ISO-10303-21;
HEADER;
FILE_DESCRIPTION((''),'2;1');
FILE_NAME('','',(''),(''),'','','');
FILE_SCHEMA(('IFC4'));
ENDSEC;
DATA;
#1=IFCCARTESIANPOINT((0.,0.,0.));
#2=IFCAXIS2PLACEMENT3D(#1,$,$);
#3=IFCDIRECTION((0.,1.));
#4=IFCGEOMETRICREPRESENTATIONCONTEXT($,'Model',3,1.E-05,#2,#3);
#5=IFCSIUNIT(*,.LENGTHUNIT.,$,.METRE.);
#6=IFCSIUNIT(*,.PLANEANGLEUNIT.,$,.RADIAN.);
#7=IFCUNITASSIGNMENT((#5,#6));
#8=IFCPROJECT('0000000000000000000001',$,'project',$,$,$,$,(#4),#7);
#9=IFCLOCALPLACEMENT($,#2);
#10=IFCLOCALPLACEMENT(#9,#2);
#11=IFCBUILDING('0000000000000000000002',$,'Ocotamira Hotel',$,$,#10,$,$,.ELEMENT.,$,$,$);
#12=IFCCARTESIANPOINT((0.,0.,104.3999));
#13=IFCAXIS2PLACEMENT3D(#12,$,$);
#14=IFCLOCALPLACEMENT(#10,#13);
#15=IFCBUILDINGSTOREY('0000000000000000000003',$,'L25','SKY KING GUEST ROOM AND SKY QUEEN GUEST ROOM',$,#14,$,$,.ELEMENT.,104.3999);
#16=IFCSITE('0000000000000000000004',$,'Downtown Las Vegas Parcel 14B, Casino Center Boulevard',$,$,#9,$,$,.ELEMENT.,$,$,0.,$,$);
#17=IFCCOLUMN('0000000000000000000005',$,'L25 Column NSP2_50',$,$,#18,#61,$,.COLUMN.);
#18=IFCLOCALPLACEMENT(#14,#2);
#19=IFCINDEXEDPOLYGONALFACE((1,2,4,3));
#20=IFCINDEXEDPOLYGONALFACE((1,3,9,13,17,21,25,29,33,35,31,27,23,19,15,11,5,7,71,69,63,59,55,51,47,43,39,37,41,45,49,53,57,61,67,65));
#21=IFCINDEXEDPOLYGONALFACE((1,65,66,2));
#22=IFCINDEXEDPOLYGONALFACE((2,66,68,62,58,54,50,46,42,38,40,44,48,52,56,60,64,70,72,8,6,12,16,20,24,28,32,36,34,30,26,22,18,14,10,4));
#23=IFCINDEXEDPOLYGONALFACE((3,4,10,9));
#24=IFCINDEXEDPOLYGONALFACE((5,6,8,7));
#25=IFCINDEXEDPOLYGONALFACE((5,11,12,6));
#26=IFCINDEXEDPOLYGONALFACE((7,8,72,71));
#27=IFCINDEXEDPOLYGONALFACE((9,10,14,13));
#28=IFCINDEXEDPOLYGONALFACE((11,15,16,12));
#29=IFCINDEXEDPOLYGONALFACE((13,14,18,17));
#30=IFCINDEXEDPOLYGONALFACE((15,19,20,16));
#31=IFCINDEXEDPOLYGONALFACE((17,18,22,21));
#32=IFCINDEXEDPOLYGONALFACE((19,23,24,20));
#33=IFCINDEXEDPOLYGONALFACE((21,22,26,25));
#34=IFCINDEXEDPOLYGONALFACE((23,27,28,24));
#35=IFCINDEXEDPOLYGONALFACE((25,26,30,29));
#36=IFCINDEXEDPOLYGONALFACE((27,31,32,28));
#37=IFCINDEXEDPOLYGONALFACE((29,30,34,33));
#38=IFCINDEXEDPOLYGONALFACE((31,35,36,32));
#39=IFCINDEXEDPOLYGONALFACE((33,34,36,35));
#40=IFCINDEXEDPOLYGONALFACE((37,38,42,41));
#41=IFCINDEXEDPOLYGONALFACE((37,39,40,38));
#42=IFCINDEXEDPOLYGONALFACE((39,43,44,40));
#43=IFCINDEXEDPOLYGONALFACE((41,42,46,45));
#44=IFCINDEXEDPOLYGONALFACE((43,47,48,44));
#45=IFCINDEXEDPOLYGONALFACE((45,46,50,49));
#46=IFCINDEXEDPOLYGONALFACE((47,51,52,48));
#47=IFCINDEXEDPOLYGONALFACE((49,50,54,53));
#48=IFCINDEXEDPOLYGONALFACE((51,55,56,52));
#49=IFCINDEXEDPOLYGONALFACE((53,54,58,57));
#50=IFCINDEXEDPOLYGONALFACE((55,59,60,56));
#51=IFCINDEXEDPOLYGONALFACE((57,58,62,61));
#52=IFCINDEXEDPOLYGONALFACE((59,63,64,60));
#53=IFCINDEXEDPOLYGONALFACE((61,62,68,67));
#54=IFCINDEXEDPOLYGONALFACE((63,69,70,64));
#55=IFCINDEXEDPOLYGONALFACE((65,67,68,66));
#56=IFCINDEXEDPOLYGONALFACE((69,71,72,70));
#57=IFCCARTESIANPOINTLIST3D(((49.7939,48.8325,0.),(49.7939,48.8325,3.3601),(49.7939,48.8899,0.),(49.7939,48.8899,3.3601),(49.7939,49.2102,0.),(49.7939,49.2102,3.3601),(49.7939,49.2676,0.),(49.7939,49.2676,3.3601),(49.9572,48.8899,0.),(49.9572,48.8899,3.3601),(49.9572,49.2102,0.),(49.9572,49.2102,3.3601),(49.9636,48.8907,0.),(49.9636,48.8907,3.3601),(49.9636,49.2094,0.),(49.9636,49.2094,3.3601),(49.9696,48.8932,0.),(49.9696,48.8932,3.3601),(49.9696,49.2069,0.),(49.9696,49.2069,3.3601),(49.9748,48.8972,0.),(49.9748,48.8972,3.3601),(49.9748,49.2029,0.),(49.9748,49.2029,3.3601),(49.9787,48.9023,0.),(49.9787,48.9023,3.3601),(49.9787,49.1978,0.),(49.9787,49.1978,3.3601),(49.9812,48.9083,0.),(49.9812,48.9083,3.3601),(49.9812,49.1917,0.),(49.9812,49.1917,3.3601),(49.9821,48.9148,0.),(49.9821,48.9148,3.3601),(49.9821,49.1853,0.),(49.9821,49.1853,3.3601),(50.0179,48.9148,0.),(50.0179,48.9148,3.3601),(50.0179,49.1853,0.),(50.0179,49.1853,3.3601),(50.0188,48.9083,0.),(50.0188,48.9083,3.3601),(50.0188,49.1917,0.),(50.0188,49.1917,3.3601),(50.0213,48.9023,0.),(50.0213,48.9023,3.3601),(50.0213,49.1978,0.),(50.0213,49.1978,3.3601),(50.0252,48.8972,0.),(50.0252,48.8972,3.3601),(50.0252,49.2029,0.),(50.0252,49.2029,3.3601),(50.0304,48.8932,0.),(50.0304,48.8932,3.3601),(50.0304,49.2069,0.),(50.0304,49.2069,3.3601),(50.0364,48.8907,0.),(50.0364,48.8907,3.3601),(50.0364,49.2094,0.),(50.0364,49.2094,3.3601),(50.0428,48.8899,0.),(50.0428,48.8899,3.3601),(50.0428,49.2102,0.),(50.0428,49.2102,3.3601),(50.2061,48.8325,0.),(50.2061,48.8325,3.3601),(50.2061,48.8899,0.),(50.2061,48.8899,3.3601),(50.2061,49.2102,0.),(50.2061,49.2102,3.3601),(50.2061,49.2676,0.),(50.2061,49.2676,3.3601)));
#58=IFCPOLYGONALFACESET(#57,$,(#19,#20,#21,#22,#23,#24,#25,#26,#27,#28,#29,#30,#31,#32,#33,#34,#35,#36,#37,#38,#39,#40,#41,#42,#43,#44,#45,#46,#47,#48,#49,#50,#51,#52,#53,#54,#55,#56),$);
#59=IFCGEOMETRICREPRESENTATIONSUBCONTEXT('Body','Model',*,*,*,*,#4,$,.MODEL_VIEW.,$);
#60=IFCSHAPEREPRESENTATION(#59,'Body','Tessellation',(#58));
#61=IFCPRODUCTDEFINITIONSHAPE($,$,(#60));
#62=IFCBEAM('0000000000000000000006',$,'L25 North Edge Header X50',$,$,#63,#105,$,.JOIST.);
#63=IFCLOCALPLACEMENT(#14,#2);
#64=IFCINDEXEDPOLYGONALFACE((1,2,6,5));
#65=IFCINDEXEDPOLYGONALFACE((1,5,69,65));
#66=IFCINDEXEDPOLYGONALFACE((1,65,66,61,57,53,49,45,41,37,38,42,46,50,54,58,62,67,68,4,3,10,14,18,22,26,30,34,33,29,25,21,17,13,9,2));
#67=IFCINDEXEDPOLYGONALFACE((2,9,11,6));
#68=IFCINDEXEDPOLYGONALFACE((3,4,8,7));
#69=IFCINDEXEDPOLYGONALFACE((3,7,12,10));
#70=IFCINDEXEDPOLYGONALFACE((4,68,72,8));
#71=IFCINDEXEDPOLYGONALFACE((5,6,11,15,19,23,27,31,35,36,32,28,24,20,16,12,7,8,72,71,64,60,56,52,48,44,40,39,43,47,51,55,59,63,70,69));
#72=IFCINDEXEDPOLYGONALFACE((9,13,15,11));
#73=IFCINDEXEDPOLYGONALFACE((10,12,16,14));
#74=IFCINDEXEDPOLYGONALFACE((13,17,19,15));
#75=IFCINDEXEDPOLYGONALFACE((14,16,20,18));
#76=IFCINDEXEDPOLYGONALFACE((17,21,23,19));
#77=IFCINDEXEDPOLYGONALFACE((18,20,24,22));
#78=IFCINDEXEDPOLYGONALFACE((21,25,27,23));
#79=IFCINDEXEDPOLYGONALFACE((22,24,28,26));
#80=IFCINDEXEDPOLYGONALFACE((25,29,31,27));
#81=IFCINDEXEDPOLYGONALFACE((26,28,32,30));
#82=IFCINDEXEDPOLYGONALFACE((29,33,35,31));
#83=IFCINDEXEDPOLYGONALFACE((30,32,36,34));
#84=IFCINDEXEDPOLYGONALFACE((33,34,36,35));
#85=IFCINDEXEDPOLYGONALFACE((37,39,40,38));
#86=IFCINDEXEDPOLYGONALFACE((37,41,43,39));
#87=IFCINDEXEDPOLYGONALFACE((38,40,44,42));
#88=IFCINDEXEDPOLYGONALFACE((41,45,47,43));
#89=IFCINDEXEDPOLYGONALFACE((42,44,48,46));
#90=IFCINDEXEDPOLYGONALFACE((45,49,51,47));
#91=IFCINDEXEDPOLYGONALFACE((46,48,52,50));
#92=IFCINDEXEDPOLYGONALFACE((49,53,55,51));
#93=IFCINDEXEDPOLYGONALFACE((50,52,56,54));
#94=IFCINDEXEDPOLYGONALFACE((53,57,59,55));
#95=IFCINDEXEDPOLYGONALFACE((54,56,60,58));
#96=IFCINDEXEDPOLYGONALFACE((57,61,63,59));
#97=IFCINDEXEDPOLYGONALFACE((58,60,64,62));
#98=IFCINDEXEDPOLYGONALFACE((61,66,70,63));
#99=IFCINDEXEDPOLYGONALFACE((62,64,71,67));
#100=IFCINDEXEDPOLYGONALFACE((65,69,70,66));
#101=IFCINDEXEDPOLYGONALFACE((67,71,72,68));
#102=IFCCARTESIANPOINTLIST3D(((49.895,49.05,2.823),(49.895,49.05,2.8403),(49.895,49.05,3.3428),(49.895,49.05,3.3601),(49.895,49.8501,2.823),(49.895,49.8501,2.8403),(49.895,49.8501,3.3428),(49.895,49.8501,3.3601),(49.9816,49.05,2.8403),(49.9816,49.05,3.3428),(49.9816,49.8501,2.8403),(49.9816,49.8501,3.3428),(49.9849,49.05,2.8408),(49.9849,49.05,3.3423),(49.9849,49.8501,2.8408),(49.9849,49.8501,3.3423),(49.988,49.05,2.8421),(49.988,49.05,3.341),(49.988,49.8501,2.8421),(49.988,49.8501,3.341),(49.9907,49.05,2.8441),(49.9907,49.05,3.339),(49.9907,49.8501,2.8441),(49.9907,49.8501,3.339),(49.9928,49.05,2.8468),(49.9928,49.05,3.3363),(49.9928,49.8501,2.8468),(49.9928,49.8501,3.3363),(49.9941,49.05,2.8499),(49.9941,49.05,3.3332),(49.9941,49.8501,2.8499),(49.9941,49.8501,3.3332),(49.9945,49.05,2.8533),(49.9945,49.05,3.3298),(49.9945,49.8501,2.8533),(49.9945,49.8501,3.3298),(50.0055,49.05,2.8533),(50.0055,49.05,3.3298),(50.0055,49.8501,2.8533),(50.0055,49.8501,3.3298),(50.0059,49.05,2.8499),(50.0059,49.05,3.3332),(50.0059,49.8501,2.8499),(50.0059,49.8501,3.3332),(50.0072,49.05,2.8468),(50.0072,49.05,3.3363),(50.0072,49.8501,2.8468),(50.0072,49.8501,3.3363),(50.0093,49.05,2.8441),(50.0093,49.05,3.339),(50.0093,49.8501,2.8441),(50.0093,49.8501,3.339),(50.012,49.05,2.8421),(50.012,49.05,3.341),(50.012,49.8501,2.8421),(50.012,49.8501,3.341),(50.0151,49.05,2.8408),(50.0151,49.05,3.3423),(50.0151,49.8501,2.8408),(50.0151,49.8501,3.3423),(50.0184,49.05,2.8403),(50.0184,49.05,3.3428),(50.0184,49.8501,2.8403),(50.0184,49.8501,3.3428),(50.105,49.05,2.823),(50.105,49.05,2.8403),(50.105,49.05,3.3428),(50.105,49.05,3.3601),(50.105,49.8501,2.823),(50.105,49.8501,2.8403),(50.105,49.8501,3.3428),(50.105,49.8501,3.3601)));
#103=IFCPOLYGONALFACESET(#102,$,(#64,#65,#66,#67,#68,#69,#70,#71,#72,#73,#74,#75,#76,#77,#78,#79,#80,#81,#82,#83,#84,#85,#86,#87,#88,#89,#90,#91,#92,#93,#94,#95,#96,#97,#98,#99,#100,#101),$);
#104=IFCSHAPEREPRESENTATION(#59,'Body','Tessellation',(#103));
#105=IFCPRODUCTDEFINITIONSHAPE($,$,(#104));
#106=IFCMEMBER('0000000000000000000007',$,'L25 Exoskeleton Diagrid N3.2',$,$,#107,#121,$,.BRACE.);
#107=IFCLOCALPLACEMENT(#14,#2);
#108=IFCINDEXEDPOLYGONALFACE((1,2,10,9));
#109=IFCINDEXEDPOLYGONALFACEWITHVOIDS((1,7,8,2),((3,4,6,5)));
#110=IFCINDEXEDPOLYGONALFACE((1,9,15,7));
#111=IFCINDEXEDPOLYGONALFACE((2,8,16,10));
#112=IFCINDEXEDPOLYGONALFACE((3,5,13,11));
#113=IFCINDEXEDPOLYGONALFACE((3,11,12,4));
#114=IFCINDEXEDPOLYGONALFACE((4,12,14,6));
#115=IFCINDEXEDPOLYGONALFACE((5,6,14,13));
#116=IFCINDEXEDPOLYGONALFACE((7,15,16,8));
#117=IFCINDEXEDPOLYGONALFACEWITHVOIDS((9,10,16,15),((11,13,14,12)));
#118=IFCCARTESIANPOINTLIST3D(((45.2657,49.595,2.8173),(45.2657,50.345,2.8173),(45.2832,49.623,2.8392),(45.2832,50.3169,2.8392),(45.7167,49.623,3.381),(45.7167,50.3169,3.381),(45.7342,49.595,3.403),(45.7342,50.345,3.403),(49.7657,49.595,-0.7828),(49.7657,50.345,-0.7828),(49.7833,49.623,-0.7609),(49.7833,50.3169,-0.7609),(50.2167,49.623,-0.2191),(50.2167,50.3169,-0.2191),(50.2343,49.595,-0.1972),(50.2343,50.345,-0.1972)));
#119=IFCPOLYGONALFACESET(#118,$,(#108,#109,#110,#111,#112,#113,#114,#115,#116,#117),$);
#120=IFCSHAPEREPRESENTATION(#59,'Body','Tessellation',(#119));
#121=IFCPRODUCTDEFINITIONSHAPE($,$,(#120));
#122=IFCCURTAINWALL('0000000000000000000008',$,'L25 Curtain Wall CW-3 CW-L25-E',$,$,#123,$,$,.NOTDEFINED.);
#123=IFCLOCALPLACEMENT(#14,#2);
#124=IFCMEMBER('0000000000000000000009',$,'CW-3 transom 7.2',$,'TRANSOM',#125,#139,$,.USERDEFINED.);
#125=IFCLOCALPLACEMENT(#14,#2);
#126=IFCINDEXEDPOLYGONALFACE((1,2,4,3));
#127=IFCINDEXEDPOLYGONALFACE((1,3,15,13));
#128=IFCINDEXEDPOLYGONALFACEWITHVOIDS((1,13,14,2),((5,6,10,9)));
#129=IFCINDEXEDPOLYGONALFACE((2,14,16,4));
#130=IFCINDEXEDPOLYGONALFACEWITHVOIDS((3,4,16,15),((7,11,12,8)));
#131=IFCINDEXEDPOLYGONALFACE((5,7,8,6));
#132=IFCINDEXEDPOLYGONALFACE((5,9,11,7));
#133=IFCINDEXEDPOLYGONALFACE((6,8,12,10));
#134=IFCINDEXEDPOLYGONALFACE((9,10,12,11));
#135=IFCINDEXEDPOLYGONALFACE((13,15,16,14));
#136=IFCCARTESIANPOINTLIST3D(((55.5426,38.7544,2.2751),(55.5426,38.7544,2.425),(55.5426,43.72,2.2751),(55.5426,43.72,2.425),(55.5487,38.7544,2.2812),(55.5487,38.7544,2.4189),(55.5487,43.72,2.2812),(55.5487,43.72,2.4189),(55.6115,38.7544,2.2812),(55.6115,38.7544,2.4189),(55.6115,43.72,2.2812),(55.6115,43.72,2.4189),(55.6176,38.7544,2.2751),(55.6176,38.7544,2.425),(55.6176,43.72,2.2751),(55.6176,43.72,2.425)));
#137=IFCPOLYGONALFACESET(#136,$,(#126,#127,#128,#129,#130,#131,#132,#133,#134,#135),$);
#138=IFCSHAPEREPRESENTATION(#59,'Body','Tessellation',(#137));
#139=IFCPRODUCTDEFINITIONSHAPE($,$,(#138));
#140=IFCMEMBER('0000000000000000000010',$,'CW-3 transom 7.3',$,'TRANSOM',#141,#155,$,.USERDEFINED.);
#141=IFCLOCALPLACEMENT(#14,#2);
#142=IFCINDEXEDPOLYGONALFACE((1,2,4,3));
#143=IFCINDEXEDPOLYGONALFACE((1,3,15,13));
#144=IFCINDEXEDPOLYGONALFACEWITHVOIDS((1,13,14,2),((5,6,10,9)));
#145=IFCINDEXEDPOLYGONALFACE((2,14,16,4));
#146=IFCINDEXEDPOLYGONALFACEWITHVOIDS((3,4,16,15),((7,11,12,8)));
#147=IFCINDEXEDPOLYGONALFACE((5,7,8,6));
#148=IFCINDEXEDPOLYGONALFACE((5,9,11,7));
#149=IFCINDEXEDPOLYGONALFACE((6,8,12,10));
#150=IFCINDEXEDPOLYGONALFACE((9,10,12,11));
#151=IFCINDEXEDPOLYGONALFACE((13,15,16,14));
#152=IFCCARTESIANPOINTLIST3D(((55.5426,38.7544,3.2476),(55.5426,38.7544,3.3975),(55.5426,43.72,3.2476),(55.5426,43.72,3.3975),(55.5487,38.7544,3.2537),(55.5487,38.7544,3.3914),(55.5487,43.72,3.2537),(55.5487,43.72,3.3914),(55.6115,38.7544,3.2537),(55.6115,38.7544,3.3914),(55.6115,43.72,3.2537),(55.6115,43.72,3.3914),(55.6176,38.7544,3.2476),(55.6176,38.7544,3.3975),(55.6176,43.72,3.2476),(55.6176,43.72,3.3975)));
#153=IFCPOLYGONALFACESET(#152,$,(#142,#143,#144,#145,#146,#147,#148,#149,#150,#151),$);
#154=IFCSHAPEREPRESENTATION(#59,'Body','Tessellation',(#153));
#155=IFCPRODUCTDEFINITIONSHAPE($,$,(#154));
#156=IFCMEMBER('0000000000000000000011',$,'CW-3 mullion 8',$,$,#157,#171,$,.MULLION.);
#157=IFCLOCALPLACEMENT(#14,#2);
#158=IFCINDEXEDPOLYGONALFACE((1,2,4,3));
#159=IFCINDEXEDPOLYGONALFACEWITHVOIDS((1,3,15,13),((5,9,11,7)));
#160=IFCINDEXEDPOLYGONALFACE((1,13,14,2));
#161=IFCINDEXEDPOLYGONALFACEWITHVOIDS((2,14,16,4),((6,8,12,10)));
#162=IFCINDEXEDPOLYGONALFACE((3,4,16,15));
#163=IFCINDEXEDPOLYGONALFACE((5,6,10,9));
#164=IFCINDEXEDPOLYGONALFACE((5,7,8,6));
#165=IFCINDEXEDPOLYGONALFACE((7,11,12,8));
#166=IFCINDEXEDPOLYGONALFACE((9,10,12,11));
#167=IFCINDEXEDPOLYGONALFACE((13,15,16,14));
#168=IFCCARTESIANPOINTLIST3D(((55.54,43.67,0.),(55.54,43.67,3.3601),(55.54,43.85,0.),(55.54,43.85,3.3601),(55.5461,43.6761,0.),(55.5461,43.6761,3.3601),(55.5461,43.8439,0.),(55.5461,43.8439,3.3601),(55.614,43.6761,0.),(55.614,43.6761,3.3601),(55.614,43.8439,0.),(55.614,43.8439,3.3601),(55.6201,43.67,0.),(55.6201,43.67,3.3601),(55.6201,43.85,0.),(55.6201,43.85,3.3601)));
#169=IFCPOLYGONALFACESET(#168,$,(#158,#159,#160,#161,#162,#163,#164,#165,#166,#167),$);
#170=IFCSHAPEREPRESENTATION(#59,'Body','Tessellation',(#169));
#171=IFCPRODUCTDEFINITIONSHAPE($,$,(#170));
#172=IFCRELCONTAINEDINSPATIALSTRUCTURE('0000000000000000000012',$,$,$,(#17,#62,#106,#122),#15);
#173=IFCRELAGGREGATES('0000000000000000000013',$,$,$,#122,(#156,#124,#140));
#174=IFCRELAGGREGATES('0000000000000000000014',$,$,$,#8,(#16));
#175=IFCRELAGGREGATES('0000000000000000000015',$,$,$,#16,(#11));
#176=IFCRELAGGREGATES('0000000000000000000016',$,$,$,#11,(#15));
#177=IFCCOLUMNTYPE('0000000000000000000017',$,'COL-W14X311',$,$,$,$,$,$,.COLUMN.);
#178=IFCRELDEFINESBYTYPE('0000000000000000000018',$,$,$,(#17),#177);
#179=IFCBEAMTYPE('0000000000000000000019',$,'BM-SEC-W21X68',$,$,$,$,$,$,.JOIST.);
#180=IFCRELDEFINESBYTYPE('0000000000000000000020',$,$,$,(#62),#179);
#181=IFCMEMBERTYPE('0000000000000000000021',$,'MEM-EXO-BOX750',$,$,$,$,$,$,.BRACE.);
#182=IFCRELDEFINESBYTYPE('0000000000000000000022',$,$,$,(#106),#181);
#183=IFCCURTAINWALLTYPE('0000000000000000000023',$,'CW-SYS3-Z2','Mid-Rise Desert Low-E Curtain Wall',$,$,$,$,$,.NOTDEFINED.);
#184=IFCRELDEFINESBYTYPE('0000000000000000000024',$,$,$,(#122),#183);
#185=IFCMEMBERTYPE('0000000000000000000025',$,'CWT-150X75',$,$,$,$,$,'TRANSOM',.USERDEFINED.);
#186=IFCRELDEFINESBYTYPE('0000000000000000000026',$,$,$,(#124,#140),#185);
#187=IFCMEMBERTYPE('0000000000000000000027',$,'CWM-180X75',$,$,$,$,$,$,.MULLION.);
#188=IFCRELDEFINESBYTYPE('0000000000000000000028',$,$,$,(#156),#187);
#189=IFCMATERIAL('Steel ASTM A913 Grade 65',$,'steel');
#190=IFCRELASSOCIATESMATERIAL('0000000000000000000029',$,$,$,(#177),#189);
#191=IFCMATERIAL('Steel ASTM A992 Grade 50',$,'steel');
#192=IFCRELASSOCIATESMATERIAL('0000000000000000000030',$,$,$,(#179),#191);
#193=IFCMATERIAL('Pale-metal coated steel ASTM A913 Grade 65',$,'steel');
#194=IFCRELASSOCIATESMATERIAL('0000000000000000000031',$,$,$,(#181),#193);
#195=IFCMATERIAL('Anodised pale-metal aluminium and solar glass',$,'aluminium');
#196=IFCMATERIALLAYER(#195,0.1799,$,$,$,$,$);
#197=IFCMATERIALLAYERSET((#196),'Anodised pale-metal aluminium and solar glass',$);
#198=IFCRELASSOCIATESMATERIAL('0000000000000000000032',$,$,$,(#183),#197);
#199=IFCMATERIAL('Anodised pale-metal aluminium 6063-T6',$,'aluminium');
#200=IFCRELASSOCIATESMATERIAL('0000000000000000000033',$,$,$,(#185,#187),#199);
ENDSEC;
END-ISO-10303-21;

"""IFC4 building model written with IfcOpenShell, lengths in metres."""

from ifc_helpers import new_model, si_unit, direction, frame, origin, origin_2d, place, context, subcontext, project, spatial, hollow_rectangle, i_section, extrude, source, transform, mapped, material, layer, layer_set, material_profile, profile_set, type_object, element, aggregate, save


model = new_model("IFC4")

# Units and contexts
model_context = context("Model", 3, precision=1e-05, world=origin(), true_north=direction((0.0, 1.0)))
body_context = subcontext(model_context, "Body", "Model", "MODEL_VIEW")
ifc_project = project(units=[si_unit("LENGTHUNIT", "METRE"), si_unit("PLANEANGLEUNIT", "RADIAN")], contexts=[model_context])

# Site, building, storey
site_placement = place(None, origin())
site = spatial("IfcSite", under=ifc_project, at=site_placement, Name="Downtown Las Vegas Parcel 14B, Casino Center Boulevard", CompositionType="ELEMENT", RefElevation=0.0)
building_placement = place(site_placement, origin())
building = spatial("IfcBuilding", under=site, at=building_placement, Name="Ocotamira Hotel", CompositionType="ELEMENT")
storey_placement = place(building_placement, frame((0.0, 0.0, 104.3999)))
storey = spatial("IfcBuildingStorey", under=building, at=storey_placement, Name="L25", Description="SKY KING GUEST ROOM AND SKY QUEEN GUEST ROOM", CompositionType="ELEMENT", Elevation=104.3999)

# Column
ifc_material_1 = material(Name="Steel ASTM A913 Grade 65", Category="steel")
ifc_material_profile_1 = material_profile(ifc_material_1, i_section(OverallWidth=0.4121, OverallDepth=0.4351, WebThickness=0.0359, FlangeThickness=0.0574, FilletRadius=0.0249, at=origin_2d()), Name="W14X311")
ifc_profile_set_1 = profile_set([ifc_material_profile_1], Name="Steel ASTM A913 Grade 65")
column_type = type_object("IfcColumnType", Name="COL-W14X311", PredefinedType="COLUMN", material=ifc_profile_set_1)
shared_shape_1 = source(origin(), body_context, "Body", "SweptSolid", [
    extrude(i_section(OverallWidth=0.4121, OverallDepth=0.4351, WebThickness=0.0359, FlangeThickness=0.0574, FilletRadius=0.0249, at=origin_2d()), origin(), (0.0, 0.0, 1.0), 3.3601),
])
column_placement = place(storey_placement, frame((50.0, 49.05, 0.0), z_axis=(0.0, 0.0, 1.0), x_axis=(1.0, 0.0, 0.0)))
element("IfcColumn", 1, at=column_placement, inside=storey, type_object=column_type, Name="L25 Column NSP2_50", PredefinedType="COLUMN", context=body_context, shape_type="MappedRepresentation", body=[
    mapped(shared_shape_1, transform((0.0, 0.0, 0.0), scale=1.0)),
])

# Beam
ifc_material_2 = material(Name="Steel ASTM A992 Grade 50", Category="steel")
ifc_material_profile_2 = material_profile(ifc_material_2, i_section(OverallWidth=0.21, OverallDepth=0.5371, WebThickness=0.011, FlangeThickness=0.0173, FilletRadius=0.0129, at=origin_2d()), Name="W21X68")
ifc_profile_set_2 = profile_set([ifc_material_profile_2], Name="Steel ASTM A992 Grade 50")
beam_type = type_object("IfcBeamType", Name="BM-SEC-W21X68", PredefinedType="JOIST", material=ifc_profile_set_2)
shared_shape_2 = source(origin(), body_context, "Body", "SweptSolid", [
    extrude(i_section(OverallWidth=0.21, OverallDepth=0.5371, WebThickness=0.011, FlangeThickness=0.0173, FilletRadius=0.0129, at=origin_2d()), origin(), (0.0, 0.0, 1.0), 0.8),
])
beam_placement = place(storey_placement, frame((50.0, 49.05, 3.0916), z_axis=(0.0, 1.0, 0.0), x_axis=(-1.0, 0.0, 0.0)))
element("IfcBeam", 2, at=beam_placement, inside=storey, type_object=beam_type, Name="L25 North Edge Header X50", PredefinedType="JOIST", context=body_context, shape_type="MappedRepresentation", body=[
    mapped(shared_shape_2, transform((0.0, 0.0, 0.0), scale=1.0)),
])

# Member
ifc_material_3 = material(Name="Pale-metal coated steel ASTM A913 Grade 65", Category="steel")
ifc_material_profile_3 = material_profile(ifc_material_3, hollow_rectangle(XDim=0.75, YDim=0.75, WallThickness=0.0281, at=origin_2d()), Name="BOX750X750X28")
ifc_profile_set_3 = profile_set([ifc_material_profile_3], Name="Pale-metal coated steel ASTM A913 Grade 65")
member_type_1 = type_object("IfcMemberType", Name="MEM-EXO-BOX750", PredefinedType="BRACE", material=ifc_profile_set_3)
shared_shape_3 = source(origin(), body_context, "Body", "SweptSolid", [
    extrude(hollow_rectangle(XDim=0.75, YDim=0.75, WallThickness=0.0281, at=origin_2d()), origin(), (0.0, 0.0, 1.0), 5.7629),
])
member_1_placement = place(storey_placement, frame((50.0, 49.97, -0.49), z_axis=(-0.780861, 0.0, 0.624705), x_axis=(0.0, -1.0, 0.0)))
element("IfcMember", 3, at=member_1_placement, inside=storey, type_object=member_type_1, Name="L25 Exoskeleton Diagrid N3.2", PredefinedType="BRACE", context=body_context, shape_type="MappedRepresentation", body=[
    mapped(shared_shape_3, transform((0.0, 0.0, 0.0), scale=1.0)),
])

# Curtain wall, members
ifc_material_4 = material(Name="Anodised pale-metal aluminium and solar glass", Category="aluminium")
ifc_layer_1 = layer(ifc_material_4, 0.1799)
ifc_layer_set_1 = layer_set([ifc_layer_1], Name="Anodised pale-metal aluminium and solar glass")
curtain_wall_type = type_object("IfcCurtainWallType", Name="CW-SYS3-Z2", Description="Mid-Rise Desert Low-E Curtain Wall", PredefinedType="NOTDEFINED", material=ifc_layer_set_1)
curtain_wall_placement = place(storey_placement, origin())
curtain_wall = element("IfcCurtainWall", 4, at=curtain_wall_placement, inside=storey, type_object=curtain_wall_type, Name="L25 Curtain Wall CW-3 CW-L25-E", PredefinedType="NOTDEFINED")
ifc_material_5 = material(Name="Anodised pale-metal aluminium 6063-T6", Category="aluminium")
ifc_material_profile_4 = material_profile(ifc_material_5, hollow_rectangle(XDim=0.075, YDim=0.1499, WallThickness=0.0061, at=origin_2d()), Name="HSS150X75X6")
ifc_profile_set_4 = profile_set([ifc_material_profile_4], Name="Anodised pale-metal aluminium 6063-T6")
member_type_2 = type_object("IfcMemberType", Name="CWT-150X75", ElementType="TRANSOM", PredefinedType="USERDEFINED", material=ifc_profile_set_4)
shared_shape_4 = source(origin(), body_context, "Body", "SweptSolid", [
    extrude(hollow_rectangle(XDim=0.075, YDim=0.1499, WallThickness=0.0061, at=origin_2d()), origin(), (0.0, 0.0, 1.0), 4.9656),
])
member_2_placement = place(storey_placement, frame((55.5801, 38.7544, 2.3501), z_axis=(0.0, 1.0, 0.0), x_axis=(-1.0, 0.0, 0.0)))
member_2 = element("IfcMember", 5, at=member_2_placement, type_object=member_type_2, Name="CW-3 transom 7.2", ObjectType="TRANSOM", PredefinedType="USERDEFINED", context=body_context, shape_type="MappedRepresentation", body=[
    mapped(shared_shape_4, transform((0.0, 0.0, 0.0), scale=1.0)),
])
member_3_placement = place(storey_placement, frame((55.5801, 38.7544, 3.3225), z_axis=(0.0, 1.0, 0.0), x_axis=(-1.0, 0.0, 0.0)))
member_3 = element("IfcMember", 6, at=member_3_placement, type_object=member_type_2, Name="CW-3 transom 7.3", ObjectType="TRANSOM", PredefinedType="USERDEFINED", context=body_context, shape_type="MappedRepresentation", body=[
    mapped(shared_shape_4, transform((0.0, 0.0, 0.0), scale=1.0)),
])
ifc_material_profile_5 = material_profile(ifc_material_5, hollow_rectangle(XDim=0.0801, YDim=0.1799, WallThickness=0.0061, at=origin_2d()), Name="HSS180X80X6")
ifc_profile_set_5 = profile_set([ifc_material_profile_5], Name="Anodised pale-metal aluminium 6063-T6")
member_type_3 = type_object("IfcMemberType", Name="CWM-180X75", PredefinedType="MULLION", material=ifc_profile_set_5)
shared_shape_5 = source(origin(), body_context, "Body", "SweptSolid", [
    extrude(hollow_rectangle(XDim=0.0801, YDim=0.1799, WallThickness=0.0061, at=origin_2d()), origin(), (0.0, 0.0, 1.0), 3.3601),
])
member_4_placement = place(storey_placement, frame((55.5801, 43.76, 0.0), z_axis=(0.0, 0.0, 1.0), x_axis=(-1.0, 0.0, 0.0)))
member_4 = element("IfcMember", 7, at=member_4_placement, type_object=member_type_3, Name="CW-3 mullion 8", PredefinedType="MULLION", context=body_context, shape_type="MappedRepresentation", body=[
    mapped(shared_shape_5, transform((0.0, 0.0, 0.0), scale=1.0)),
])
aggregate(curtain_wall, [member_4, member_2, member_3])

save(model, "model.ifc")
